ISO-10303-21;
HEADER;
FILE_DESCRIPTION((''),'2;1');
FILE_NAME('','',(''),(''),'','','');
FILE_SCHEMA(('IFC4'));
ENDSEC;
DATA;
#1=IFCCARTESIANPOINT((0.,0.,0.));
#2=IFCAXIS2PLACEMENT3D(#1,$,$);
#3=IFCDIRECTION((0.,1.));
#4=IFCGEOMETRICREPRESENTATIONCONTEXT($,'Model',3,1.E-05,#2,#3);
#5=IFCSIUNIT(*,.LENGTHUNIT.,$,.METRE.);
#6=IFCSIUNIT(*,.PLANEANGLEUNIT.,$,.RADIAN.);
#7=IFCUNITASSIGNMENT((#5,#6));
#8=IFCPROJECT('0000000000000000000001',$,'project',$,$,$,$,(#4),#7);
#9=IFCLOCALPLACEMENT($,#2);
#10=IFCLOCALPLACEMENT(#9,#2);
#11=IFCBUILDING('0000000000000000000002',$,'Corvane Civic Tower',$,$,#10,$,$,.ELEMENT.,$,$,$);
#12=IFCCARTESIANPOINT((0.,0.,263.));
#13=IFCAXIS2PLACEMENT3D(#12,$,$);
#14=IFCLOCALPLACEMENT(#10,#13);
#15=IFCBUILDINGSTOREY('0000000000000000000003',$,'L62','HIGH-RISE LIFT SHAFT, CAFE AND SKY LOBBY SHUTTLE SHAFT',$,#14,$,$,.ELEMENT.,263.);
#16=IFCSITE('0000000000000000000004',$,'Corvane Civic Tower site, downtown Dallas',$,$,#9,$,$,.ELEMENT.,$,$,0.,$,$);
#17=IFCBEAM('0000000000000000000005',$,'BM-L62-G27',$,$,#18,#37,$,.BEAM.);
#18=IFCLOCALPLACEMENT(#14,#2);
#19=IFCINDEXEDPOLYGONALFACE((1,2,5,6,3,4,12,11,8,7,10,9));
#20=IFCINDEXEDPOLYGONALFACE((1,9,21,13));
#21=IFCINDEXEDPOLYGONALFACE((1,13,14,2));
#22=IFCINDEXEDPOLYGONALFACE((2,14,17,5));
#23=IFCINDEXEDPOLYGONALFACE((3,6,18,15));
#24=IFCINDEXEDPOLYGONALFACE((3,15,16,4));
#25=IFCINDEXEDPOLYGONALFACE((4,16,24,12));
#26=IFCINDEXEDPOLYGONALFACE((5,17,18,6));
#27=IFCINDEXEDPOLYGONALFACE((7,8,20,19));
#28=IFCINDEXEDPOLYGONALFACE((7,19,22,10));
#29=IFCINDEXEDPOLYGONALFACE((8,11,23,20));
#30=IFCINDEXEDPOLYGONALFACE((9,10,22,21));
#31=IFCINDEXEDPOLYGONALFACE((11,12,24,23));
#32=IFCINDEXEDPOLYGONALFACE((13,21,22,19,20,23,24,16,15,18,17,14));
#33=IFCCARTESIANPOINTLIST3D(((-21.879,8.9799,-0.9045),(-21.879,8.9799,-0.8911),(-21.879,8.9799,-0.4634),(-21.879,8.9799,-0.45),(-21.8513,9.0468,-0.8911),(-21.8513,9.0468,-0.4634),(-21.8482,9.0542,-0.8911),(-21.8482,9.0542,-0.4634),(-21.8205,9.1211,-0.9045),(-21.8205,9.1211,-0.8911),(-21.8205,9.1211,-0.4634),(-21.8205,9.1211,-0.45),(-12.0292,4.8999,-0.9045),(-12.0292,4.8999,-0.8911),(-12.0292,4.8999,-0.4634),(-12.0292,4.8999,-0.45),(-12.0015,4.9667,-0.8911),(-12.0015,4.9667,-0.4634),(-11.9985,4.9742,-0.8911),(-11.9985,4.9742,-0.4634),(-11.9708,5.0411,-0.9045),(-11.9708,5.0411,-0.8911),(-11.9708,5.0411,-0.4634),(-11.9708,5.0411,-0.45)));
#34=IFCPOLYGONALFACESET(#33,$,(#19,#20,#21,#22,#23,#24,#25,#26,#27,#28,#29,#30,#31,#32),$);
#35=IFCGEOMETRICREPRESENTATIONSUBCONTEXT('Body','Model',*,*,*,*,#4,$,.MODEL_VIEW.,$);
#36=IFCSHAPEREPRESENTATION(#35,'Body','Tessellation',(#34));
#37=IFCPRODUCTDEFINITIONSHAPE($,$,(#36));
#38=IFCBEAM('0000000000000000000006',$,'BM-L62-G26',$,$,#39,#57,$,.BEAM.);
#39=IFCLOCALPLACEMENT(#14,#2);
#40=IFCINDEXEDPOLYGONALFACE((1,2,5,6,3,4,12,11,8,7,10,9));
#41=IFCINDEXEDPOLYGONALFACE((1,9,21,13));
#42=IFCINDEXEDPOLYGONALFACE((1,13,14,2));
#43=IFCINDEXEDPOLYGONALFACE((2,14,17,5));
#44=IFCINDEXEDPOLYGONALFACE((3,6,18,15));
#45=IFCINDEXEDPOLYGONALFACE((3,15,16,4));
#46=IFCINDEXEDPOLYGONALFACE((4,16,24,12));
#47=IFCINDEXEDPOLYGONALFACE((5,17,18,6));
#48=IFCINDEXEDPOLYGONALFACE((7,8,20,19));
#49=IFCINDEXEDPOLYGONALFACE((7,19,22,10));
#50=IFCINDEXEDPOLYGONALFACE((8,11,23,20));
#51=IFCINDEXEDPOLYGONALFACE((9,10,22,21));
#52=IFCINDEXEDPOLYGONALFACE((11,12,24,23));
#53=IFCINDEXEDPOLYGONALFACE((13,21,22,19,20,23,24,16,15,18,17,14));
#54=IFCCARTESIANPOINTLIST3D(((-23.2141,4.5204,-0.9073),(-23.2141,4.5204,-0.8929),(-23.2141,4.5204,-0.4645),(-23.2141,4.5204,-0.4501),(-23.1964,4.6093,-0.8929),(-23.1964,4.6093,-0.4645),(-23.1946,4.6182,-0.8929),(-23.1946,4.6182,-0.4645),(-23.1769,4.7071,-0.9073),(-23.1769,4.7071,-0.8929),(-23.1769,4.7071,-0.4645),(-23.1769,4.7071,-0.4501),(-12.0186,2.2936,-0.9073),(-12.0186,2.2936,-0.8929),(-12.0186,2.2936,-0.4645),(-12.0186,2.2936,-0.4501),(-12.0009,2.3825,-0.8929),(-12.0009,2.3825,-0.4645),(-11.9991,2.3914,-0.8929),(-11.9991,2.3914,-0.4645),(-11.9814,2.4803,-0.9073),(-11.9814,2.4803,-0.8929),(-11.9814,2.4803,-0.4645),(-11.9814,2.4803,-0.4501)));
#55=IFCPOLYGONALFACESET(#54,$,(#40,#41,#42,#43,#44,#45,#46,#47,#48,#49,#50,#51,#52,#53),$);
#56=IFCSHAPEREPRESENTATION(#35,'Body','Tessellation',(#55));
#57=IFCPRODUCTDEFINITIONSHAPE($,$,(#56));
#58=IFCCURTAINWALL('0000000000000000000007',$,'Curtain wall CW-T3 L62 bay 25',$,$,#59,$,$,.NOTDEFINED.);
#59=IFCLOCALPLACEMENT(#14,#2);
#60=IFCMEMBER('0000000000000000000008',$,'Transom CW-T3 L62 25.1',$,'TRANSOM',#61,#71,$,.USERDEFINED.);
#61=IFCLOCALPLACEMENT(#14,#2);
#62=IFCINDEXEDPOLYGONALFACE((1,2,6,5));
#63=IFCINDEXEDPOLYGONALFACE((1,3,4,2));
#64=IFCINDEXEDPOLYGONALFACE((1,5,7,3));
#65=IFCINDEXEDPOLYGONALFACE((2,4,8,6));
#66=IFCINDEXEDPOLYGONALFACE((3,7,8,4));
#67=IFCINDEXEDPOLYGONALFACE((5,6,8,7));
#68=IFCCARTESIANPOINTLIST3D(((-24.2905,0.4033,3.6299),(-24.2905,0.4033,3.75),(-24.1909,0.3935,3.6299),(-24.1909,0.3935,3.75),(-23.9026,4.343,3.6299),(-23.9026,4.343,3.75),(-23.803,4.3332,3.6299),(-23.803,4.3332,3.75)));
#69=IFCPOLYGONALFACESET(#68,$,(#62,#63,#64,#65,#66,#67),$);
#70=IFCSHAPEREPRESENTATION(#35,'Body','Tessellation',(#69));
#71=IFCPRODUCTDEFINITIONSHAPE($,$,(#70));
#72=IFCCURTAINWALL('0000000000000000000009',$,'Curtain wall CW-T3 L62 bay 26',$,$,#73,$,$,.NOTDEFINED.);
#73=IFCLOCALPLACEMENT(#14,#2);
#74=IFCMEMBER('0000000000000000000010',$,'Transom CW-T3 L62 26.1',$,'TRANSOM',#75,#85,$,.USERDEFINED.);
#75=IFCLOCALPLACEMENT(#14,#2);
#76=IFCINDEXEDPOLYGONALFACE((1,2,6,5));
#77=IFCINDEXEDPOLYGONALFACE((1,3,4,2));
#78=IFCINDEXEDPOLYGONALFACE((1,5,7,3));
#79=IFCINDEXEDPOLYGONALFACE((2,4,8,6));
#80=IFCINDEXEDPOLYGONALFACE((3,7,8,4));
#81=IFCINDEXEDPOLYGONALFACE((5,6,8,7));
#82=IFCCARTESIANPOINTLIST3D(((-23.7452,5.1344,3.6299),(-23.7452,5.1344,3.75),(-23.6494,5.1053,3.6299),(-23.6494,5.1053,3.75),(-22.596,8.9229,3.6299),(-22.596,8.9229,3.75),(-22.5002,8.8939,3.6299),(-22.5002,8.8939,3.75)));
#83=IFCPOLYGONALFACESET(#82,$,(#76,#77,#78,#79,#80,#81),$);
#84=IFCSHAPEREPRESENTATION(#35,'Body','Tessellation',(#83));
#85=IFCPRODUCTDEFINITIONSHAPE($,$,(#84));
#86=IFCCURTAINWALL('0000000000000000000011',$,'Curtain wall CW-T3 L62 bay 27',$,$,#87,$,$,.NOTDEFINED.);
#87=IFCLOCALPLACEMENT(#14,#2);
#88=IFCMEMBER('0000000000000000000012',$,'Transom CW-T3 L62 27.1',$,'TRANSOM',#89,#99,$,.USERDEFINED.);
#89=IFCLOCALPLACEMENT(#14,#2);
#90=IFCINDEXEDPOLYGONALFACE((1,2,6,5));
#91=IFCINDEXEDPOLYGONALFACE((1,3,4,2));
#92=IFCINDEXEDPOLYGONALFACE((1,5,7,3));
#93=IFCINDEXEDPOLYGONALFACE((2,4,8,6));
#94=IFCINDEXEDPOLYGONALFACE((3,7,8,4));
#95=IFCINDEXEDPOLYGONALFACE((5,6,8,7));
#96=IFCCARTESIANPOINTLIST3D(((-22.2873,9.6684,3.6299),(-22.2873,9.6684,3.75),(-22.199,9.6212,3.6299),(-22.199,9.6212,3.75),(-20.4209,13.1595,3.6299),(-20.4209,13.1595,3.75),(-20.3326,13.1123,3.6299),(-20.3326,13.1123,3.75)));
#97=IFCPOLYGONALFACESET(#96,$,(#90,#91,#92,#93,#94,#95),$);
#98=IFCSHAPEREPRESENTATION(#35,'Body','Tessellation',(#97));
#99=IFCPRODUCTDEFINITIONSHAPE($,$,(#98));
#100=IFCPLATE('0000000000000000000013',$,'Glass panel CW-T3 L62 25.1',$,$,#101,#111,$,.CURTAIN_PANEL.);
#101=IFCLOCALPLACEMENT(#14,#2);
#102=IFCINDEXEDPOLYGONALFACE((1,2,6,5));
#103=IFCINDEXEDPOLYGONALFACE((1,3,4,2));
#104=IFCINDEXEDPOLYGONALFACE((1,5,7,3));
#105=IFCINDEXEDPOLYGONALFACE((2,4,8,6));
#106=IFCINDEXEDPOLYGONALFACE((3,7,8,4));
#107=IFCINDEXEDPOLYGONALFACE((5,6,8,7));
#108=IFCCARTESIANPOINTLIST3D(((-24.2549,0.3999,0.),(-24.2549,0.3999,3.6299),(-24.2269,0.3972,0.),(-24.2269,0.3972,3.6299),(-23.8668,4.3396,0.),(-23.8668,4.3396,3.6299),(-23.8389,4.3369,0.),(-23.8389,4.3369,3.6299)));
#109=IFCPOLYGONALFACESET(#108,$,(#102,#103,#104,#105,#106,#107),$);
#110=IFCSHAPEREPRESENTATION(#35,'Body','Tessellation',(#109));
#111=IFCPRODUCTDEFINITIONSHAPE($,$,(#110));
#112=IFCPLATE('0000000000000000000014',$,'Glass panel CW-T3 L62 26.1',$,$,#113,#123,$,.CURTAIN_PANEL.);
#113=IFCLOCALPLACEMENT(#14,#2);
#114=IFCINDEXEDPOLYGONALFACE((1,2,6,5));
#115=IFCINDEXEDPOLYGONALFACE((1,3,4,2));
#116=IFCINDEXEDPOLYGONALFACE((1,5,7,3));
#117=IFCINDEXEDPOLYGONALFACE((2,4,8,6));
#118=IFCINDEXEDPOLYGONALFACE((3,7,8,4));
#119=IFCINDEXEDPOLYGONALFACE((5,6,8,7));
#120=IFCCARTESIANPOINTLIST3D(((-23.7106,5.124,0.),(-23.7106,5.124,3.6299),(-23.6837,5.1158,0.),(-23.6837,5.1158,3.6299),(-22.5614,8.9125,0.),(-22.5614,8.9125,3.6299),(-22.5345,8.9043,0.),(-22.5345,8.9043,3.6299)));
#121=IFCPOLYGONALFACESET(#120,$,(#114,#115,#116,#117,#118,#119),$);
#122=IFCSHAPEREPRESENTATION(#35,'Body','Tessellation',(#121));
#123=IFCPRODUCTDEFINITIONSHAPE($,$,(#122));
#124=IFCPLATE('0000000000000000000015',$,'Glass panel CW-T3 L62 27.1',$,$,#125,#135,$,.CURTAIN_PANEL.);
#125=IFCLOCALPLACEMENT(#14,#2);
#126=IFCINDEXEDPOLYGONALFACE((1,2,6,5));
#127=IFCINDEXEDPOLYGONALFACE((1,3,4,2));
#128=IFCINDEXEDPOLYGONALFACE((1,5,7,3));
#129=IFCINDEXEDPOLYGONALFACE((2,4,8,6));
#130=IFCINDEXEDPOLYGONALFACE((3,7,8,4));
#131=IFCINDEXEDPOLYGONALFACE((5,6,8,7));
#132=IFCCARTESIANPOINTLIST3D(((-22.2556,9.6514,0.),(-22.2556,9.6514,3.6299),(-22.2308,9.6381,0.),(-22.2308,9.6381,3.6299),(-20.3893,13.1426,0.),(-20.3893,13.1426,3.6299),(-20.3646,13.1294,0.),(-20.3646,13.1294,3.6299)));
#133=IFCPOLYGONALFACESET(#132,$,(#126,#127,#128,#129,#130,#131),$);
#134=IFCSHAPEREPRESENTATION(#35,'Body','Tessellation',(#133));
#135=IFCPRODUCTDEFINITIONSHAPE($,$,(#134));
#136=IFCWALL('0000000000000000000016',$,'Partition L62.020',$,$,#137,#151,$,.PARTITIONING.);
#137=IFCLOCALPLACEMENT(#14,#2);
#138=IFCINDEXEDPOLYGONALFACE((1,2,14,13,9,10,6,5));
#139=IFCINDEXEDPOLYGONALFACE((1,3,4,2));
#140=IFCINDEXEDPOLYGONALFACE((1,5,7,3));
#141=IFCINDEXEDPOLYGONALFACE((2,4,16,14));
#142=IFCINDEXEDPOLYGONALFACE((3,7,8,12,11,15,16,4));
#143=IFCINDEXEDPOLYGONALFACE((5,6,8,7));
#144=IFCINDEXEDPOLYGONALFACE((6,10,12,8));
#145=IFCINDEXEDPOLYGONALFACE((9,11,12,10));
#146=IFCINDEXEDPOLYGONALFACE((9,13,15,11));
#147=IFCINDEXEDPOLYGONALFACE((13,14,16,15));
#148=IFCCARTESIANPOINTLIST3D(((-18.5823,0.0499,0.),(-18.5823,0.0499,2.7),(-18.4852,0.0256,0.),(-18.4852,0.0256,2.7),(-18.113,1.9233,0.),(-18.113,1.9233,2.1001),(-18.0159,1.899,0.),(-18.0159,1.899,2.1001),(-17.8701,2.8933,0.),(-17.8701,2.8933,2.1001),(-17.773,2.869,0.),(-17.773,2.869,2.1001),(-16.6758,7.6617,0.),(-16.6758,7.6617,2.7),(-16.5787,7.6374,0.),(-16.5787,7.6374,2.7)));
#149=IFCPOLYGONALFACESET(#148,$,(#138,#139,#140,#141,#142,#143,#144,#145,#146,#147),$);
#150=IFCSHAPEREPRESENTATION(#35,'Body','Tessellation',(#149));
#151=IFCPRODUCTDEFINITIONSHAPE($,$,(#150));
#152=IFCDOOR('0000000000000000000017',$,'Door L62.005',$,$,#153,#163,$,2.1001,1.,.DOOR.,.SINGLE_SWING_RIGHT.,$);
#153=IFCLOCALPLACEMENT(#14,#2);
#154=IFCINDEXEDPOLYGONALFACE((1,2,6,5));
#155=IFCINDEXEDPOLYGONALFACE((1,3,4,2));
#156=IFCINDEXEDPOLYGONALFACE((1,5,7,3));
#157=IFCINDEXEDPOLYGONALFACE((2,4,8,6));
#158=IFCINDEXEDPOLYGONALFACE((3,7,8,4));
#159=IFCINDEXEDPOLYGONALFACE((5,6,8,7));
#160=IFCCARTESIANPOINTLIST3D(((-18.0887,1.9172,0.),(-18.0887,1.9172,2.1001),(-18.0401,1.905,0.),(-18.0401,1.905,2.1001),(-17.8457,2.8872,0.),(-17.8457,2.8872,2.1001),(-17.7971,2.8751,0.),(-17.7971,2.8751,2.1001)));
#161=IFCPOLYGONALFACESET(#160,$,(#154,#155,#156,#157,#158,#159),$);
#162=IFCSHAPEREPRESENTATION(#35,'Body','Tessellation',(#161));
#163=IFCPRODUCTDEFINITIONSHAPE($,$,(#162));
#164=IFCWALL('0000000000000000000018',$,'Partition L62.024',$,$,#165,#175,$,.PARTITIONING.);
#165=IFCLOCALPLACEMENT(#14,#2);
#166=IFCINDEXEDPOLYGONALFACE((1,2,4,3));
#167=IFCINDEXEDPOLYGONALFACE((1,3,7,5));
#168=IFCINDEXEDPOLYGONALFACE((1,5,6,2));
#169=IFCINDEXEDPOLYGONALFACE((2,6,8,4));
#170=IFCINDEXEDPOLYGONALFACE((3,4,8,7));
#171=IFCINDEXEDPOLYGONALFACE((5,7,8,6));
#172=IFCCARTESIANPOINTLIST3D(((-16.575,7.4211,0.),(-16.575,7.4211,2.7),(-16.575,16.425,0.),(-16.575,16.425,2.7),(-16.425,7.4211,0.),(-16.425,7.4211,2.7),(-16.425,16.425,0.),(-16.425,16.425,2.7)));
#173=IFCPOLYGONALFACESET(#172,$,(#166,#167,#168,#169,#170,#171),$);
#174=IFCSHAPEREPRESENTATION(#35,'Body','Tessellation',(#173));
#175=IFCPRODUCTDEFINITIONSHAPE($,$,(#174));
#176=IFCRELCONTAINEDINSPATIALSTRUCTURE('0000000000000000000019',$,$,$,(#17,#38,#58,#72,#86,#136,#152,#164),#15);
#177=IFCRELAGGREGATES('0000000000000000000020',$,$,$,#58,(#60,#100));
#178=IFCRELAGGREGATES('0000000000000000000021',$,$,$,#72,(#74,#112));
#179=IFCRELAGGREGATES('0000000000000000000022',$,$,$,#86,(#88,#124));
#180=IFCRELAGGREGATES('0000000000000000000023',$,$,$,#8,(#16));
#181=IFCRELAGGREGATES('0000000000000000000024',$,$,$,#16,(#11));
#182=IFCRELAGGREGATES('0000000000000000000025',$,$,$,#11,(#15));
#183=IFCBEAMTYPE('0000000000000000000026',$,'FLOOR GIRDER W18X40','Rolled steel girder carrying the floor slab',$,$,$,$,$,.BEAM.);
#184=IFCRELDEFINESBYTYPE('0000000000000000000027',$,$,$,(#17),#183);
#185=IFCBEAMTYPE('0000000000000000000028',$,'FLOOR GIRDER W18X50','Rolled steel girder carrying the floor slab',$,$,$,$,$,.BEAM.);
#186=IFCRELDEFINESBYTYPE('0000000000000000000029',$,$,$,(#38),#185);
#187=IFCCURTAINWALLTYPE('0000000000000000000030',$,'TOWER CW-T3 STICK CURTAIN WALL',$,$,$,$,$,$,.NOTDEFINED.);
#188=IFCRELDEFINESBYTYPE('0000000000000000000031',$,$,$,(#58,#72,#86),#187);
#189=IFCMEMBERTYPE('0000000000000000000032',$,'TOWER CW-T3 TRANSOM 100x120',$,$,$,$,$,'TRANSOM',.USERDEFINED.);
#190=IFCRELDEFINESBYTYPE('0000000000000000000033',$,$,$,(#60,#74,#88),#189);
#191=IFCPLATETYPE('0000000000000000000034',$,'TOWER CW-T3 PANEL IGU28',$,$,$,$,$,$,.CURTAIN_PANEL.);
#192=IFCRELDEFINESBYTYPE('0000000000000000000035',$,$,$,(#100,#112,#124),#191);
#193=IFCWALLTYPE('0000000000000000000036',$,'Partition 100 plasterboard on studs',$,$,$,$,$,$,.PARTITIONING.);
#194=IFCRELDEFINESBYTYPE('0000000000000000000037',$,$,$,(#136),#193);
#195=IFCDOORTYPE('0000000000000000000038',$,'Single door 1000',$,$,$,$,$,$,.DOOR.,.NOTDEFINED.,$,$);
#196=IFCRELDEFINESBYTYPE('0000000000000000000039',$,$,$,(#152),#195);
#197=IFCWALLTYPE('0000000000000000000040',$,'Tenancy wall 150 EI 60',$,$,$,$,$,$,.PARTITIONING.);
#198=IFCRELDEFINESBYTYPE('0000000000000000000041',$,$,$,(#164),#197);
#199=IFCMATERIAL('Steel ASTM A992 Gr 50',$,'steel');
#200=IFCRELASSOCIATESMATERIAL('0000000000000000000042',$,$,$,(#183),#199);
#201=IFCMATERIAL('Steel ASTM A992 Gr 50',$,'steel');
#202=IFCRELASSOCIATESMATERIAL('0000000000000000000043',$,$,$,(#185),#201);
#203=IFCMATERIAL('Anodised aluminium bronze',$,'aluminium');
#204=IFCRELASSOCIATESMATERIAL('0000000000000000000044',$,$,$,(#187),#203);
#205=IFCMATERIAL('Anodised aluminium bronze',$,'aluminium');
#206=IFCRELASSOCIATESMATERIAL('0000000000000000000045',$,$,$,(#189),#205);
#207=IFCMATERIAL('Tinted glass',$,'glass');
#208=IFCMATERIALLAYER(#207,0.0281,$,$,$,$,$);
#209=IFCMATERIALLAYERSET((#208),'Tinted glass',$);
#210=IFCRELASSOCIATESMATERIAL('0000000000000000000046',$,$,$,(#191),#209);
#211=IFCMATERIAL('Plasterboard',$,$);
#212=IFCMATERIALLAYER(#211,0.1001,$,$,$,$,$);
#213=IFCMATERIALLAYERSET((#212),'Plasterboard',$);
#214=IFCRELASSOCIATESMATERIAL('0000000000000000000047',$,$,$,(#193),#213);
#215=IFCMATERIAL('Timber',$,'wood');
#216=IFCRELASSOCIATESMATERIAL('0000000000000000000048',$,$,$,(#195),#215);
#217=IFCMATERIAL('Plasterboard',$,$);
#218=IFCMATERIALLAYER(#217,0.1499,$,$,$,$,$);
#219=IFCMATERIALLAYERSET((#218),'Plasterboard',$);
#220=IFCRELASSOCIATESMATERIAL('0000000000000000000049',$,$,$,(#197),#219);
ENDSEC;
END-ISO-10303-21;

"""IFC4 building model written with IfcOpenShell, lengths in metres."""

from ifc_helpers import new_model, si_unit, direction, frame, frame_2d, origin, origin_2d, place, context, subcontext, project, spatial, rectangle, i_section, extrude, material, layer, layer_set, material_profile, profile_set, type_object, element, fill, aggregate, save


model = new_model("IFC4")

# Units and contexts
model_context = context("Model", 3, precision=1e-05, world=origin(), true_north=direction((0.0, 1.0)))
body_context = subcontext(model_context, "Body", "Model", "MODEL_VIEW")
ifc_project = project(units=[si_unit("LENGTHUNIT", "METRE"), si_unit("PLANEANGLEUNIT", "RADIAN")], contexts=[model_context])

# Site, building, storey
site_placement = place(None, origin())
site = spatial("IfcSite", under=ifc_project, at=site_placement, Name="Corvane Civic Tower site, downtown Dallas", CompositionType="ELEMENT", RefElevation=0.0)
building_placement = place(site_placement, origin())
building = spatial("IfcBuilding", under=site, at=building_placement, Name="Corvane Civic Tower", CompositionType="ELEMENT")
storey_placement = place(building_placement, frame((0.0, 0.0, 263.0)))
storey = spatial("IfcBuildingStorey", under=building, at=storey_placement, Name="L62", Description="HIGH-RISE LIFT SHAFT, CAFE AND SKY LOBBY SHUTTLE SHAFT", CompositionType="ELEMENT", Elevation=263.0)

# Beams
ifc_material_1 = material(Name="Steel ASTM A992 Gr 50", Category="steel")
ifc_material_profile_1 = material_profile(ifc_material_1, i_section(OverallWidth=0.1528, OverallDepth=0.4546, WebThickness=0.0081, FlangeThickness=0.0134, at=origin_2d()), Name="W18X40")
ifc_profile_set_1 = profile_set([ifc_material_profile_1], Name="Steel ASTM A992 Gr 50")
beam_type_1 = type_object("IfcBeamType", Name="FLOOR GIRDER W18X40", Description="Rolled steel girder carrying the floor slab", PredefinedType="BEAM", material=ifc_profile_set_1)
beam_1_placement = place(storey_placement, frame((-12.0, 4.9705, -0.6772), z_axis=(-0.923875, 0.382694, 0.0), x_axis=(-0.382694, -0.923875, 0.0)))
element("IfcBeam", 1, at=beam_1_placement, inside=storey, type_object=beam_type_1, Name="BM-L62-G27", PredefinedType="BEAM", context=body_context, shape_type="SweptSolid", body=[
    extrude(i_section(OverallWidth=0.1528, OverallDepth=0.4546, WebThickness=0.0081, FlangeThickness=0.0134, at=origin_2d()), origin(), (0.0, 0.0, 1.0), 10.6614),
])
ifc_material_2 = material(Name="Steel ASTM A992 Gr 50", Category="steel")
ifc_material_profile_2 = material_profile(ifc_material_2, i_section(OverallWidth=0.1904, OverallDepth=0.4573, WebThickness=0.009, FlangeThickness=0.0144, at=origin_2d()), Name="W18X50")
ifc_profile_set_2 = profile_set([ifc_material_profile_2], Name="Steel ASTM A992 Gr 50")
beam_type_2 = type_object("IfcBeamType", Name="FLOOR GIRDER W18X50", Description="Rolled steel girder carrying the floor slab", PredefinedType="BEAM", material=ifc_profile_set_2)
beam_2_placement = place(storey_placement, frame((-12.0, 2.387, -0.6787), z_axis=(-0.980787, 0.19508, 0.0), x_axis=(-0.19508, -0.980787, 0.0)))
element("IfcBeam", 2, at=beam_2_placement, inside=storey, type_object=beam_type_2, Name="BM-L62-G26", PredefinedType="BEAM", context=body_context, shape_type="SweptSolid", body=[
    extrude(i_section(OverallWidth=0.1904, OverallDepth=0.4573, WebThickness=0.009, FlangeThickness=0.0144, at=origin_2d()), origin(), (0.0, 0.0, 1.0), 11.4148),
])

# Curtain walls, members
ifc_material_3 = material(Name="Anodised aluminium bronze", Category="aluminium")
curtain_wall_type = type_object("IfcCurtainWallType", Name="TOWER CW-T3 STICK CURTAIN WALL", PredefinedType="NOTDEFINED", material=ifc_material_3)
curtain_wall_1_placement = place(storey_placement, origin())
curtain_wall_1 = element("IfcCurtainWall", 3, at=curtain_wall_1_placement, inside=storey, type_object=curtain_wall_type, Name="Curtain wall CW-T3 L62 bay 25", PredefinedType="NOTDEFINED")
ifc_material_4 = material(Name="Anodised aluminium bronze", Category="aluminium")
ifc_material_profile_3 = material_profile(ifc_material_4, rectangle(XDim=0.1001, YDim=0.1201, at=origin_2d()), Name="TOWER CW-T3 TRANSOM 100x120")
ifc_profile_set_3 = profile_set([ifc_material_profile_3], Name="Anodised aluminium bronze")
member_type = type_object("IfcMemberType", Name="TOWER CW-T3 TRANSOM 100x120", ElementType="TRANSOM", PredefinedType="USERDEFINED", material=ifc_profile_set_3)
member_1_placement = place(storey_placement, frame((-24.2407, 0.3984, 3.6899), z_axis=(0.097995, 0.995187, 0.0), x_axis=(-0.995187, 0.097995, 0.0)))
member_1 = element("IfcMember", 4, at=member_1_placement, type_object=member_type, Name="Transom CW-T3 L62 25.1", ObjectType="TRANSOM", PredefinedType="USERDEFINED", context=body_context, shape_type="SweptSolid", body=[
    extrude(rectangle(XDim=0.1001, YDim=0.1201, at=origin_2d()), origin(), (0.0, 0.0, 1.0), 3.9587),
])
curtain_wall_2_placement = place(storey_placement, origin())
curtain_wall_2 = element("IfcCurtainWall", 5, at=curtain_wall_2_placement, inside=storey, type_object=curtain_wall_type, Name="Curtain wall CW-T3 L62 bay 26", PredefinedType="NOTDEFINED")
member_2_placement = place(storey_placement, frame((-23.6973, 5.1199, 3.6899), z_axis=(0.290266, 0.956946, 0.0), x_axis=(-0.956946, 0.290266, 0.0)))
member_2 = element("IfcMember", 6, at=member_2_placement, type_object=member_type, Name="Transom CW-T3 L62 26.1", ObjectType="TRANSOM", PredefinedType="USERDEFINED", context=body_context, shape_type="SweptSolid", body=[
    extrude(rectangle(XDim=0.1001, YDim=0.1201, at=origin_2d()), origin(), (0.0, 0.0, 1.0), 3.959),
])
curtain_wall_3_placement = place(storey_placement, origin())
curtain_wall_3 = element("IfcCurtainWall", 7, at=curtain_wall_3_placement, inside=storey, type_object=curtain_wall_type, Name="Curtain wall CW-T3 L62 bay 27", PredefinedType="NOTDEFINED")
member_3_placement = place(storey_placement, frame((-22.2432, 9.6448, 3.6899), z_axis=(0.471468, 0.881883, 0.0), x_axis=(-0.881883, 0.471468, 0.0)))
member_3 = element("IfcMember", 8, at=member_3_placement, type_object=member_type, Name="Transom CW-T3 L62 27.1", ObjectType="TRANSOM", PredefinedType="USERDEFINED", context=body_context, shape_type="SweptSolid", body=[
    extrude(rectangle(XDim=0.1001, YDim=0.1201, at=origin_2d()), origin(), (0.0, 0.0, 1.0), 3.9587),
])

# Plates
ifc_material_5 = material(Name="Tinted glass", Category="glass")
ifc_layer_1 = layer(ifc_material_5, 0.0281)
ifc_layer_set_1 = layer_set([ifc_layer_1], Name="Tinted glass")
plate_type = type_object("IfcPlateType", Name="TOWER CW-T3 PANEL IGU28", PredefinedType="CURTAIN_PANEL", material=ifc_layer_set_1)
plate_1_placement = place(storey_placement, frame((-24.0469, 2.3684, 0.0), z_axis=(0.0, 0.0, 1.0), x_axis=(0.098021, 0.995184, 0.0)))
plate_1 = element("IfcPlate", 9, at=plate_1_placement, type_object=plate_type, Name="Glass panel CW-T3 L62 25.1", PredefinedType="CURTAIN_PANEL", context=body_context, shape_type="SweptSolid", body=[
    extrude(rectangle(XDim=3.9587, YDim=0.0281, at=origin_2d()), origin(), (0.0, 0.0, 1.0), 3.6299),
])
aggregate(curtain_wall_1, [member_1, plate_1])
plate_2_placement = place(storey_placement, frame((-23.1226, 7.0142, 0.0), z_axis=(0.0, 0.0, 1.0), x_axis=(0.290274, 0.956944, 0.0)))
plate_2 = element("IfcPlate", 10, at=plate_2_placement, type_object=plate_type, Name="Glass panel CW-T3 L62 26.1", PredefinedType="CURTAIN_PANEL", context=body_context, shape_type="SweptSolid", body=[
    extrude(rectangle(XDim=3.959, YDim=0.0281, at=origin_2d()), origin(), (0.0, 0.0, 1.0), 3.6299),
])
aggregate(curtain_wall_2, [member_2, plate_2])
plate_3_placement = place(storey_placement, frame((-21.3101, 11.3904, 0.0), z_axis=(0.0, 0.0, 1.0), x_axis=(0.471421, 0.881908, 0.0)))
plate_3 = element("IfcPlate", 11, at=plate_3_placement, type_object=plate_type, Name="Glass panel CW-T3 L62 27.1", PredefinedType="CURTAIN_PANEL", context=body_context, shape_type="SweptSolid", body=[
    extrude(rectangle(XDim=3.9587, YDim=0.0281, at=origin_2d()), origin(), (0.0, 0.0, 1.0), 3.6299),
])
aggregate(curtain_wall_3, [member_3, plate_3])

# Wall, opening, door
ifc_material_6 = material(Name="Plasterboard")
ifc_layer_2 = layer(ifc_material_6, 0.1001)
ifc_layer_set_2 = layer_set([ifc_layer_2], Name="Plasterboard")
wall_type_1 = type_object("IfcWallType", Name="Partition 100 plasterboard on studs", PredefinedType="PARTITIONING", material=ifc_layer_set_2)
wall_1_placement = place(storey_placement, frame((-18.5337, 0.0378, 0.0), z_axis=(0.0, 0.0, 1.0), x_axis=(0.24296, 0.970036, 0.0)))
wall_1 = element("IfcWall", 12, at=wall_1_placement, inside=storey, type_object=wall_type_1, Name="Partition L62.020", PredefinedType="PARTITIONING", context=body_context, shape_type="SweptSolid", body=[
    extrude(rectangle(XDim=7.8469, YDim=0.1001, at=frame_2d((3.9233, 0.0))), origin(), (0.0, 0.0, 1.0), 2.7),
])
opening_placement = place(wall_1_placement, frame((1.9312, 0.0, 0.0)))
opening = element("IfcOpeningElement", 13, at=opening_placement, cuts=wall_1, PredefinedType="OPENING", context=body_context, shape_type="SweptSolid", body=[
    extrude(rectangle(XDim=1.0, YDim=2.1001, at=frame_2d((0.5, 1.05))), frame((0.0, 0.0601, 0.0), z_axis=(0.0, -1.0, 0.0), x_axis=(1.0, 0.0, 0.0)), (0.0, 0.0, 1.0), 0.1201),
])
ifc_material_7 = material(Name="Timber", Category="wood")
door_type = type_object("IfcDoorType", Name="Single door 1000", OperationType="NOTDEFINED", PredefinedType="DOOR", material=ifc_material_7)
door_placement = place(opening_placement, origin())
door = element("IfcDoor", 14, at=door_placement, inside=storey, type_object=door_type, Name="Door L62.005", OperationType="SINGLE_SWING_RIGHT", OverallHeight=2.1001, OverallWidth=1.0, PredefinedType="DOOR", context=body_context, shape_type="SweptSolid", body=[
    extrude(rectangle(XDim=1.0, YDim=2.1001, at=frame_2d((0.5, 1.05))), frame((0.0, 0.0249, 0.0), z_axis=(0.0, -1.0, 0.0), x_axis=(1.0, 0.0, 0.0)), (0.0, 0.0, 1.0), 0.05),
])
fill(opening, door)

# Wall
ifc_material_8 = material(Name="Plasterboard")
ifc_layer_3 = layer(ifc_material_8, 0.1499)
ifc_layer_set_3 = layer_set([ifc_layer_3], Name="Plasterboard")
wall_type_2 = type_object("IfcWallType", Name="Tenancy wall 150 EI 60", PredefinedType="PARTITIONING", material=ifc_layer_set_3)
wall_2_placement = place(storey_placement, frame((-16.5, 7.4211, 0.0), z_axis=(0.0, 0.0, 1.0), x_axis=(0.0, 1.0, 0.0)))
element("IfcWall", 15, at=wall_2_placement, inside=storey, type_object=wall_type_2, Name="Partition L62.024", PredefinedType="PARTITIONING", context=body_context, shape_type="SweptSolid", body=[
    extrude(rectangle(XDim=9.0039, YDim=0.1499, at=frame_2d((4.502, 0.0))), origin(), (0.0, 0.0, 1.0), 2.7),
])

save(model, "model.ifc")
